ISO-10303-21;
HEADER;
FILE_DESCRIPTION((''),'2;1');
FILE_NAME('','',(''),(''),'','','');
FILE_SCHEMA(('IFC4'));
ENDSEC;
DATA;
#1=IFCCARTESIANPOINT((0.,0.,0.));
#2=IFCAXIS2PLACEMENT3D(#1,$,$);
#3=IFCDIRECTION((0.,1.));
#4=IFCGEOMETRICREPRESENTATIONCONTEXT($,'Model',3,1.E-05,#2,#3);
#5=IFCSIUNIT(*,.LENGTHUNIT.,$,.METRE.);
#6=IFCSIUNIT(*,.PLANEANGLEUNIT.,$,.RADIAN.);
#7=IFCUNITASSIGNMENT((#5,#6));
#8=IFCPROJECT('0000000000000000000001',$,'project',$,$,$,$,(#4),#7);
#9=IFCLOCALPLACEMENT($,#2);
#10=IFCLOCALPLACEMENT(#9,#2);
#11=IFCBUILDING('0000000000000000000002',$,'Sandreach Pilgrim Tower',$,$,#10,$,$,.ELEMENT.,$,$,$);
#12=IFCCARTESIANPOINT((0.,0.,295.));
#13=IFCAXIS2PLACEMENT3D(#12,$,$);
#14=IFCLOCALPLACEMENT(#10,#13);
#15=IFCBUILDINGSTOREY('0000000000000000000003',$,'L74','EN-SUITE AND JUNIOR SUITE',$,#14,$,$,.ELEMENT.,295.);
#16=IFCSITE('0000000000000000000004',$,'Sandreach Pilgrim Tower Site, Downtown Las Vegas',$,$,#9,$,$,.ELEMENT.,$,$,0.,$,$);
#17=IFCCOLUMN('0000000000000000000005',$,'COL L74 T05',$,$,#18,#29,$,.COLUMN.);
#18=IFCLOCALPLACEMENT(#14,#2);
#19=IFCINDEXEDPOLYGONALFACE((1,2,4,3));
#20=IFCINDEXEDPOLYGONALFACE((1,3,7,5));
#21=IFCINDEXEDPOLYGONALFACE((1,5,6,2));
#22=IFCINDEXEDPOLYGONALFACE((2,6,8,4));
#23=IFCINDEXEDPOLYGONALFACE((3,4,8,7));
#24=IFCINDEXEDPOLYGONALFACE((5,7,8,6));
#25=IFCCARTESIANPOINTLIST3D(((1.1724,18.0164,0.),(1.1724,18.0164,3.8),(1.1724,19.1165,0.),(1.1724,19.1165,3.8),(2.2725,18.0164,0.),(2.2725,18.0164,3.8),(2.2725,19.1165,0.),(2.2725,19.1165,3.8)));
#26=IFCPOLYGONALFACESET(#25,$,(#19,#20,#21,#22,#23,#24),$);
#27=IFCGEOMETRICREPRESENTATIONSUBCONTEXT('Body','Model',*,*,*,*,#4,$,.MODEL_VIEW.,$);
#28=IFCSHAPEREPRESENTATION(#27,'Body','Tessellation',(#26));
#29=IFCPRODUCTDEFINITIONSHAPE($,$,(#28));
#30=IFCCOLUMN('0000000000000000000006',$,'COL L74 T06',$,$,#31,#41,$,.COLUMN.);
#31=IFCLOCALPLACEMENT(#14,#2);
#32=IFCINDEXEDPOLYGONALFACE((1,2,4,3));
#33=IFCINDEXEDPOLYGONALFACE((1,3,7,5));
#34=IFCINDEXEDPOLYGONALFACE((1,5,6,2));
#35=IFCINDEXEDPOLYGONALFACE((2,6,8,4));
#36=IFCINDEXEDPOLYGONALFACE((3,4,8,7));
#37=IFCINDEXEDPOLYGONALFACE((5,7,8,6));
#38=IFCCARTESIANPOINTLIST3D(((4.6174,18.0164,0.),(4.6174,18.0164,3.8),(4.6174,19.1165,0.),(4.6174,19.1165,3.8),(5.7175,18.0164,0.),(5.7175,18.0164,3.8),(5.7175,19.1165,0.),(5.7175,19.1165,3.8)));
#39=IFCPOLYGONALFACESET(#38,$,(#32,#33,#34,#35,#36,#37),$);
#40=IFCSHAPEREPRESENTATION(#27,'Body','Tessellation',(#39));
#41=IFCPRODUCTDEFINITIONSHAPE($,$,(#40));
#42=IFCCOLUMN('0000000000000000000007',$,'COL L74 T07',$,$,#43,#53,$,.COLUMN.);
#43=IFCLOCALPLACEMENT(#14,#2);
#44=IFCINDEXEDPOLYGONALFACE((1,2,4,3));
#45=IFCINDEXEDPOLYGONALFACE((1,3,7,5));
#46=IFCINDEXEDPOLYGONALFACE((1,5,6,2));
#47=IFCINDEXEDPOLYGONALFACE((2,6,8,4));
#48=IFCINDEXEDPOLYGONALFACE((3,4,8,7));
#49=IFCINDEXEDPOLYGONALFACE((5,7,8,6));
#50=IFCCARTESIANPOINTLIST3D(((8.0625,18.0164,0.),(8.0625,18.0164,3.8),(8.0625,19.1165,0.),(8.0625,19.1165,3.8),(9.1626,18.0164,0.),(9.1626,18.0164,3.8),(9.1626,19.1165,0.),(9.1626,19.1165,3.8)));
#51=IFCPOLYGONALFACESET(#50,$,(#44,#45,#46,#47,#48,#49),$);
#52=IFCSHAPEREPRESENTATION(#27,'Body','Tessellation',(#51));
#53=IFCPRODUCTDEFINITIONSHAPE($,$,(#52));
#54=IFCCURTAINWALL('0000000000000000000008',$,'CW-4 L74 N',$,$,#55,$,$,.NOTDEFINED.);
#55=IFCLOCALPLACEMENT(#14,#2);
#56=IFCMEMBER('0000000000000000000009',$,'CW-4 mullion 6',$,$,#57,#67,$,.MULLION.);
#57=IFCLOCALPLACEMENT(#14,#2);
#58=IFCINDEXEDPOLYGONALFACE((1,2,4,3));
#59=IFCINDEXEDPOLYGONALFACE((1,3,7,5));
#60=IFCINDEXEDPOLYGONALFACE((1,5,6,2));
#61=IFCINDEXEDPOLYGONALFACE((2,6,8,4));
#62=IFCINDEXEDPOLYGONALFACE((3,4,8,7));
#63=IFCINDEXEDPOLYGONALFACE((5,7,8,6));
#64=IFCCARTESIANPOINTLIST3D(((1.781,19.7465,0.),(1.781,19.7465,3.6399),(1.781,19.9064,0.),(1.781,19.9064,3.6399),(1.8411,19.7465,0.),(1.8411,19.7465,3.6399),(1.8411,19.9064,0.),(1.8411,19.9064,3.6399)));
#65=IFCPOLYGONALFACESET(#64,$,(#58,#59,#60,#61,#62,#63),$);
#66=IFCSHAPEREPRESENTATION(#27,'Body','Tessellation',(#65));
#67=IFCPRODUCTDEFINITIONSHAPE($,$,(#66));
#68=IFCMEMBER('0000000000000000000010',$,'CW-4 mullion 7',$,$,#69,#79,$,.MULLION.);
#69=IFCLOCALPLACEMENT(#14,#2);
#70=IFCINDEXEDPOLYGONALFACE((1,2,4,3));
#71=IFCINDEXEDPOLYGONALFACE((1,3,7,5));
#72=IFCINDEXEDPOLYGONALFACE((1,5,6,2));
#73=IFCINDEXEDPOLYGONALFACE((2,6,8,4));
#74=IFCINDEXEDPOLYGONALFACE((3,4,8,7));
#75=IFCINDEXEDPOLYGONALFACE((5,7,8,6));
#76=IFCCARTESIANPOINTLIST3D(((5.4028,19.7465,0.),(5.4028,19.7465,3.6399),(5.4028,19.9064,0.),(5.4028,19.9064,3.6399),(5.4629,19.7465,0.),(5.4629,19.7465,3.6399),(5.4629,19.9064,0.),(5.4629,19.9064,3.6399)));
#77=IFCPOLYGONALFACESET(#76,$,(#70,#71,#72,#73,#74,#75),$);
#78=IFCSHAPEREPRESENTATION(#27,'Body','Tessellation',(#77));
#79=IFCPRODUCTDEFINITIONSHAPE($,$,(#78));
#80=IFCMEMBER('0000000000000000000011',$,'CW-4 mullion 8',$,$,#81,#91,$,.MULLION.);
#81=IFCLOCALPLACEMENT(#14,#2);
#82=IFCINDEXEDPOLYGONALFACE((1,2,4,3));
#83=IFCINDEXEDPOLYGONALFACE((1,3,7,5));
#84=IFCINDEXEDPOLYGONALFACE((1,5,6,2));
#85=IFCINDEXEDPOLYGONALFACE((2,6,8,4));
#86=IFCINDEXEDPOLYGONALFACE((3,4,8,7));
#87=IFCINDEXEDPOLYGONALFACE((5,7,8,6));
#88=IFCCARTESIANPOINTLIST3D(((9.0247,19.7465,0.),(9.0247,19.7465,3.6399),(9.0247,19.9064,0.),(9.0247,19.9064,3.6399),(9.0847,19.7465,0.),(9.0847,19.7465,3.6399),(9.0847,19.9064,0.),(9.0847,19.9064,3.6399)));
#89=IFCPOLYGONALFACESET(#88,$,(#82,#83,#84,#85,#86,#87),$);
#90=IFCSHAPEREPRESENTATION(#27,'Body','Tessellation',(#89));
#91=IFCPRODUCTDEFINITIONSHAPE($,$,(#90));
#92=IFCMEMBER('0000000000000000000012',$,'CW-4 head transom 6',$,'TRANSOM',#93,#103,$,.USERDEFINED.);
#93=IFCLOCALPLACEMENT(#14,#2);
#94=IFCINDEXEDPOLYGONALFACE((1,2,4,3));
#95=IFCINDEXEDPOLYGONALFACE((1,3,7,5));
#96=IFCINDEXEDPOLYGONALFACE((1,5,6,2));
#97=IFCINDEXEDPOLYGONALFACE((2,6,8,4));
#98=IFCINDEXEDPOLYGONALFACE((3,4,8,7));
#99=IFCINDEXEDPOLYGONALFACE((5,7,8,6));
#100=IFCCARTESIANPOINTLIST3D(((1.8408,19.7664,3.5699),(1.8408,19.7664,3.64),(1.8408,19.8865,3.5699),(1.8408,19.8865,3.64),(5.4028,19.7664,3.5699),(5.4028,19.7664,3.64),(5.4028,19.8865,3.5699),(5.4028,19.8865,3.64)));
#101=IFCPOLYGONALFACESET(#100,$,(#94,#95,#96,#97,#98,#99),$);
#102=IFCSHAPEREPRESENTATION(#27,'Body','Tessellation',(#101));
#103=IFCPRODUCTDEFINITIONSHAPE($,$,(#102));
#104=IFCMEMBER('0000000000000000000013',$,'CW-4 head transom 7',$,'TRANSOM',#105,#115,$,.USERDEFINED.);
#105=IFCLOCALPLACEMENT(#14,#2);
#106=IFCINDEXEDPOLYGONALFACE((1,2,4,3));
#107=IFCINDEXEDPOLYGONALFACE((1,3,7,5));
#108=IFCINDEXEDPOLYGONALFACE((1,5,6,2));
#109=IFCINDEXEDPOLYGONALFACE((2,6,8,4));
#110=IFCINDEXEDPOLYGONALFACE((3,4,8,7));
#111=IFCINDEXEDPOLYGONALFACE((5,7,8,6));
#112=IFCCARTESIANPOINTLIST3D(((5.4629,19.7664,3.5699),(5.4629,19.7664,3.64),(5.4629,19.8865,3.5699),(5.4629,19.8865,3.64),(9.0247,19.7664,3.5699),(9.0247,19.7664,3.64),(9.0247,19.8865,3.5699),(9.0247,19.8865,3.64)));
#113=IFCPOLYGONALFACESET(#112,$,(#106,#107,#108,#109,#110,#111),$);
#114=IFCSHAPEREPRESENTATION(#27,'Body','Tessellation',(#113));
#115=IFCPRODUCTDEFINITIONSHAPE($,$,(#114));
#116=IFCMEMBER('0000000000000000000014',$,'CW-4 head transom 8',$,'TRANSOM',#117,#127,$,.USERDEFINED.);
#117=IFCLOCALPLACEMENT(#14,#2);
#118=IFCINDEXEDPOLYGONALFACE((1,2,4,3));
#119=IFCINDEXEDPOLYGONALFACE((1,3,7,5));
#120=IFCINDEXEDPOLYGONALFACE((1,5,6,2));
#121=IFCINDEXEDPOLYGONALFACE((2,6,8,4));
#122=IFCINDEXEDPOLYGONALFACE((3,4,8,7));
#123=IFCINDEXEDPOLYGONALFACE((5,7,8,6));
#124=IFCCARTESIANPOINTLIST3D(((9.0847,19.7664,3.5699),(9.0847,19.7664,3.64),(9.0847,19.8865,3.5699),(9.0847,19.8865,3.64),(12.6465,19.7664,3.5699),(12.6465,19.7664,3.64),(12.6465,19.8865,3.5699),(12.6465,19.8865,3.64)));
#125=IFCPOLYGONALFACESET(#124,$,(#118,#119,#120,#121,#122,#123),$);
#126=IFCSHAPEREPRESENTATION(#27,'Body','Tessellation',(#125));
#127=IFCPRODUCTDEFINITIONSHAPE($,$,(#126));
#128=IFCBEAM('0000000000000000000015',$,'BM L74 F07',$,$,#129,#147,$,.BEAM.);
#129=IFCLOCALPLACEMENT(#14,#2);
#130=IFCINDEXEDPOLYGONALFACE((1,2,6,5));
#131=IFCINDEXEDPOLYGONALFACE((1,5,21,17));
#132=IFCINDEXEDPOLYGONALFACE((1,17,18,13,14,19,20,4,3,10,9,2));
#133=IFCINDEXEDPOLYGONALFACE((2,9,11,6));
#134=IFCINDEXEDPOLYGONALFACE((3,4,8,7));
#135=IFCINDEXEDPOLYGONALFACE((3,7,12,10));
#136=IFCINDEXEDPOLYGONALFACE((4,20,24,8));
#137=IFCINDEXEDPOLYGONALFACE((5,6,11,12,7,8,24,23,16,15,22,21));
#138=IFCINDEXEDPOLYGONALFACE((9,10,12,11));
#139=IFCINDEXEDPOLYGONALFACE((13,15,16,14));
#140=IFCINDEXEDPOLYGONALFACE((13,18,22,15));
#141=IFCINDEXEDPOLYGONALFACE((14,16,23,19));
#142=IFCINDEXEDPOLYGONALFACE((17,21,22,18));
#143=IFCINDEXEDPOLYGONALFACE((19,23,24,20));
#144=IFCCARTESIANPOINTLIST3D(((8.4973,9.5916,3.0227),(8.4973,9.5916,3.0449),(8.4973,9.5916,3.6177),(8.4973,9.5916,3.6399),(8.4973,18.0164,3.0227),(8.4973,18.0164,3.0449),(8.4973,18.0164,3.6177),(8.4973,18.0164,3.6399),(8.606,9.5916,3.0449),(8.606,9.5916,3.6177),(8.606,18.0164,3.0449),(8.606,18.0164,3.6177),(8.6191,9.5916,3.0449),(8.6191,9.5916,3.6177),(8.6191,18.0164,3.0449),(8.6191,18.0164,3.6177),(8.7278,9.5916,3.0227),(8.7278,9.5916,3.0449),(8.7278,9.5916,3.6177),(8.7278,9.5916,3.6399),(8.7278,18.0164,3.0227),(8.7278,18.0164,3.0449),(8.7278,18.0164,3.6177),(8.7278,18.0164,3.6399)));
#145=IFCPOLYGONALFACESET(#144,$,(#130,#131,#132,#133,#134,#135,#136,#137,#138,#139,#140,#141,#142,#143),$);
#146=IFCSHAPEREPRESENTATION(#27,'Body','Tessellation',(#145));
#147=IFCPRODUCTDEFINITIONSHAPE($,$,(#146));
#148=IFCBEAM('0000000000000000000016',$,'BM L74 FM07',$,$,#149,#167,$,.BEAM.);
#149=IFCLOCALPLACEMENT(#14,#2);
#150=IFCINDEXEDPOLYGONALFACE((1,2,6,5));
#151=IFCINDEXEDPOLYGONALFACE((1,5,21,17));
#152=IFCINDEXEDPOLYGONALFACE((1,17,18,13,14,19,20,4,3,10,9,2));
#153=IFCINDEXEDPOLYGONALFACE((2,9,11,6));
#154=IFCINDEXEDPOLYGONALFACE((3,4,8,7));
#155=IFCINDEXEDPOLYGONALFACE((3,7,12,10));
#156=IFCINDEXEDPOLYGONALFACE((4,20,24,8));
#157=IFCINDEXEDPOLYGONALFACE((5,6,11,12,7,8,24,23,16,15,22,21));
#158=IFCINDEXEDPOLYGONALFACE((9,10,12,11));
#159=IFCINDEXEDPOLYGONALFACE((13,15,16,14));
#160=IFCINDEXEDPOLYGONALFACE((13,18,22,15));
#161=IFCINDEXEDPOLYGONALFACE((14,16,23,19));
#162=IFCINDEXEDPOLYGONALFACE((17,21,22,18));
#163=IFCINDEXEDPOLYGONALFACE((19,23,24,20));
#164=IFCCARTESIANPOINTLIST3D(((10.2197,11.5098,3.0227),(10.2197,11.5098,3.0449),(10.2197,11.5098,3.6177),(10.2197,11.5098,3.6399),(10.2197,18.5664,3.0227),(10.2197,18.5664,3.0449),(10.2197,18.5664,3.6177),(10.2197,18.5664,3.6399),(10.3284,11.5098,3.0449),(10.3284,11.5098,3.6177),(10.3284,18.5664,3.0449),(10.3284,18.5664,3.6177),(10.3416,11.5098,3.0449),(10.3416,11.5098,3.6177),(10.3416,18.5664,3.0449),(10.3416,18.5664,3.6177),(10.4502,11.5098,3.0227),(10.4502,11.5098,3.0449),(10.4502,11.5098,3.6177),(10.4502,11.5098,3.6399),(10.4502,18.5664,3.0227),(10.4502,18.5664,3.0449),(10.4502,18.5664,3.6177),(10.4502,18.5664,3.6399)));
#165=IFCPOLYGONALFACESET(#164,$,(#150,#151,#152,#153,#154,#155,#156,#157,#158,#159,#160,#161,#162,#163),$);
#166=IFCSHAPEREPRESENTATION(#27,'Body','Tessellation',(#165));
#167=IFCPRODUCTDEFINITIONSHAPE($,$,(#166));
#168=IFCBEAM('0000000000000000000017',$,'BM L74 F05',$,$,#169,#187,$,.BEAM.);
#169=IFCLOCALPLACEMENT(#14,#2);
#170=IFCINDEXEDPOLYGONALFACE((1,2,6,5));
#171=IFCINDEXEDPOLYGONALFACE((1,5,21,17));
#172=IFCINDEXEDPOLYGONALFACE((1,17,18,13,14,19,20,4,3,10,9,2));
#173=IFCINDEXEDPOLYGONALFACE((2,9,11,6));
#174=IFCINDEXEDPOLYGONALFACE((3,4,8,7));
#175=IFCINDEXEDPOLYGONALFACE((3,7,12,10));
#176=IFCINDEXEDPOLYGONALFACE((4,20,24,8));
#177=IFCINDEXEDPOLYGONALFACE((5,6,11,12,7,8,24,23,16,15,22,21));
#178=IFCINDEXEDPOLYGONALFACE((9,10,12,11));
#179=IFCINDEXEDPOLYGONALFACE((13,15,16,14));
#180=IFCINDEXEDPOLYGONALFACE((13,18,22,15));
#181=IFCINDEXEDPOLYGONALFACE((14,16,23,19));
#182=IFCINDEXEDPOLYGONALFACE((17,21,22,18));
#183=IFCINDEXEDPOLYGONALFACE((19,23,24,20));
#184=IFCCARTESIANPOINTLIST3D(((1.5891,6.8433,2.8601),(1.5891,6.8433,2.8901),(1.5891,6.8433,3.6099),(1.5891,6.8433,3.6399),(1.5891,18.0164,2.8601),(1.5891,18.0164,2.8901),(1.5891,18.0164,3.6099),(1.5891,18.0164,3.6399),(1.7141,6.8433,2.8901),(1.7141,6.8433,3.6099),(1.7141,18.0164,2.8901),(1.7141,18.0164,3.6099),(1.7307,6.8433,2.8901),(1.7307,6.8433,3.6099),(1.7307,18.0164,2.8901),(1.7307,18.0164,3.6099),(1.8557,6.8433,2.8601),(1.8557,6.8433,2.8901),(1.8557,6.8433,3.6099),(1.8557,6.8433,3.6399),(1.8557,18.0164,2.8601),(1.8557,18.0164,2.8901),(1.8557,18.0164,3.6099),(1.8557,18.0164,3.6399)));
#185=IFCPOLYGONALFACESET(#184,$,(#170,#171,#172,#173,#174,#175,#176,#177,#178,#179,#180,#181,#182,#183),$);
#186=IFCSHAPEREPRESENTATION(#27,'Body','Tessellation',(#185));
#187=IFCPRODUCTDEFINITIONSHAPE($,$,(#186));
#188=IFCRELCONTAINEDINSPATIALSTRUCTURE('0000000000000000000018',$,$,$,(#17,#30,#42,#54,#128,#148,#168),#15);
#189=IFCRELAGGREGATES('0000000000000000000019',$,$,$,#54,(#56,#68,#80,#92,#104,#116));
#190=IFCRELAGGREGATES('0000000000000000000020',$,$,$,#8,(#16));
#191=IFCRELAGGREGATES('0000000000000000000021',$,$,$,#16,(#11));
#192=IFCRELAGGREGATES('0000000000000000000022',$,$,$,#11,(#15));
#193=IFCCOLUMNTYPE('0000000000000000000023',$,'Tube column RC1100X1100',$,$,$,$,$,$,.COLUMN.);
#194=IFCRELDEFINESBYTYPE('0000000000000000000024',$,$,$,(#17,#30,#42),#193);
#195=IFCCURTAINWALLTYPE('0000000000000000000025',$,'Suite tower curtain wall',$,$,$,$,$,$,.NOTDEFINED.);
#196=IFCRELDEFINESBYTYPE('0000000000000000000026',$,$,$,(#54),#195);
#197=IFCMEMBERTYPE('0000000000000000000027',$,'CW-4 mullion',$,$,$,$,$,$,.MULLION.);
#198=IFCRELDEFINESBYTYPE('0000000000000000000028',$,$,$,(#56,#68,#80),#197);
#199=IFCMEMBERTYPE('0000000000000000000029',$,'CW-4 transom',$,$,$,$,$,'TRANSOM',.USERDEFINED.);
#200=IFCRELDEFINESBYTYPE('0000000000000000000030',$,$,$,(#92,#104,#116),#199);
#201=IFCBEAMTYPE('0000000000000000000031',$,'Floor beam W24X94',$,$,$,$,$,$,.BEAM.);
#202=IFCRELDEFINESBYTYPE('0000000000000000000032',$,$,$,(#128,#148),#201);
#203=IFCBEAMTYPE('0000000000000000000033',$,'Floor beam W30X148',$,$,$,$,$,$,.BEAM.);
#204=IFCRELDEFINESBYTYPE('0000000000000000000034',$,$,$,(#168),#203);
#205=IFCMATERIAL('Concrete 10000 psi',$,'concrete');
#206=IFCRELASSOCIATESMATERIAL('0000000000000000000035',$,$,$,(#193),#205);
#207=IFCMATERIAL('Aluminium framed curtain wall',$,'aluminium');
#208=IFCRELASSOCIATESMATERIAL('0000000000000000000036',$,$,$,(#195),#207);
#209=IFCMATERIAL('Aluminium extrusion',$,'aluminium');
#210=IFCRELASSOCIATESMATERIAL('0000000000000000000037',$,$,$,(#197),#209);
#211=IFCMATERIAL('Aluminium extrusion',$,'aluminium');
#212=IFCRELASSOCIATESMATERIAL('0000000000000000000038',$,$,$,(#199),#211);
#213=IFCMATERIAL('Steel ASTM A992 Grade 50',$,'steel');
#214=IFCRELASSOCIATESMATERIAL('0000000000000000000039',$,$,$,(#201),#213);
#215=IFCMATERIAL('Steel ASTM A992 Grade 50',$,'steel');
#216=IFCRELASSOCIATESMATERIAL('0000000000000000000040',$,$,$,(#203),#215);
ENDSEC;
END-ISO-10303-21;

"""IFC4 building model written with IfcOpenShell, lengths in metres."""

from ifc_helpers import new_model, si_unit, direction, frame, origin, origin_2d, place, context, subcontext, project, spatial, rectangle, i_section, extrude, material, material_profile, profile_set, type_object, element, aggregate, save


model = new_model("IFC4")

# Units and contexts
model_context = context("Model", 3, precision=1e-05, world=origin(), true_north=direction((0.0, 1.0)))
body_context = subcontext(model_context, "Body", "Model", "MODEL_VIEW")
ifc_project = project(units=[si_unit("LENGTHUNIT", "METRE"), si_unit("PLANEANGLEUNIT", "RADIAN")], contexts=[model_context])

# Site, building, storey
site_placement = place(None, origin())
site = spatial("IfcSite", under=ifc_project, at=site_placement, Name="Sandreach Pilgrim Tower Site, Downtown Las Vegas", CompositionType="ELEMENT", RefElevation=0.0)
building_placement = place(site_placement, origin())
building = spatial("IfcBuilding", under=site, at=building_placement, Name="Sandreach Pilgrim Tower", CompositionType="ELEMENT")
storey_placement = place(building_placement, frame((0.0, 0.0, 295.0)))
storey = spatial("IfcBuildingStorey", under=building, at=storey_placement, Name="L74", Description="EN-SUITE AND JUNIOR SUITE", CompositionType="ELEMENT", Elevation=295.0)

# Columns
ifc_material_1 = material(Name="Concrete 10000 psi", Category="concrete")
ifc_material_profile_1 = material_profile(ifc_material_1, rectangle(XDim=1.1001, YDim=1.1001, at=origin_2d()), Name="RC1100X1100")
ifc_profile_set_1 = profile_set([ifc_material_profile_1], Name="Concrete 10000 psi")
column_type = type_object("IfcColumnType", Name="Tube column RC1100X1100", PredefinedType="COLUMN", material=ifc_profile_set_1)
for number, where, z_axis, x_axis, name in (
    (1, (1.7224, 18.5664, 0.0), (0.0, 0.0, 1.0), (0.0, 1.0, 0.0), "COL L74 T05"),
    (2, (5.1675, 18.5664, 0.0), (0.0, 0.0, 1.0), (0.0, 1.0, 0.0), "COL L74 T06"),
    (3, (8.6125, 18.5664, 0.0), (0.0, 0.0, 1.0), (0.0, 1.0, 0.0), "COL L74 T07"),
):
    element("IfcColumn", number, at=place(storey_placement, frame(where, z_axis=z_axis, x_axis=x_axis)), inside=storey, type_object=column_type, Name=name, PredefinedType="COLUMN", context=body_context, shape_type="SweptSolid", body=[
        extrude(rectangle(XDim=1.1001, YDim=1.1001, at=origin_2d()), origin(), (0.0, 0.0, 1.0), 3.8),
    ])

# Curtain wall, members
ifc_material_2 = material(Name="Aluminium framed curtain wall", Category="aluminium")
curtain_wall_type = type_object("IfcCurtainWallType", Name="Suite tower curtain wall", PredefinedType="NOTDEFINED", material=ifc_material_2)
curtain_wall_placement = place(storey_placement, origin())
curtain_wall = element("IfcCurtainWall", 4, at=curtain_wall_placement, inside=storey, type_object=curtain_wall_type, Name="CW-4 L74 N", PredefinedType="NOTDEFINED")
ifc_material_3 = material(Name="Aluminium extrusion", Category="aluminium")
ifc_material_profile_2 = material_profile(ifc_material_3, rectangle(XDim=0.0601, YDim=0.1599, at=origin_2d()), Name="CW-4M 60X160")
ifc_profile_set_2 = profile_set([ifc_material_profile_2], Name="Aluminium extrusion")
member_type_1 = type_object("IfcMemberType", Name="CW-4 mullion", PredefinedType="MULLION", material=ifc_profile_set_2)
member_1_placement = place(storey_placement, frame((1.811, 19.8264, 0.0), z_axis=(0.0, 0.0, 1.0), x_axis=(1.0, 0.0, 0.0)))
member_1 = element("IfcMember", 5, at=member_1_placement, type_object=member_type_1, Name="CW-4 mullion 6", PredefinedType="MULLION", context=body_context, shape_type="SweptSolid", body=[
    extrude(rectangle(XDim=0.0601, YDim=0.1599, at=origin_2d()), origin(), (0.0, 0.0, 1.0), 3.6399),
])
member_2_placement = place(storey_placement, frame((5.4329, 19.8264, 0.0), z_axis=(0.0, 0.0, 1.0), x_axis=(1.0, 0.0, 0.0)))
member_2 = element("IfcMember", 6, at=member_2_placement, type_object=member_type_1, Name="CW-4 mullion 7", PredefinedType="MULLION", context=body_context, shape_type="SweptSolid", body=[
    extrude(rectangle(XDim=0.0601, YDim=0.1599, at=origin_2d()), origin(), (0.0, 0.0, 1.0), 3.6399),
])
member_3_placement = place(storey_placement, frame((9.0547, 19.8264, 0.0), z_axis=(0.0, 0.0, 1.0), x_axis=(1.0, 0.0, 0.0)))
member_3 = element("IfcMember", 7, at=member_3_placement, type_object=member_type_1, Name="CW-4 mullion 8", PredefinedType="MULLION", context=body_context, shape_type="SweptSolid", body=[
    extrude(rectangle(XDim=0.0601, YDim=0.1599, at=origin_2d()), origin(), (0.0, 0.0, 1.0), 3.6399),
])
ifc_material_4 = material(Name="Aluminium extrusion", Category="aluminium")
ifc_material_profile_3 = material_profile(ifc_material_4, rectangle(XDim=0.1201, YDim=0.0701, at=origin_2d()), Name="CW-4T 120X70")
ifc_profile_set_3 = profile_set([ifc_material_profile_3], Name="Aluminium extrusion")
member_type_2 = type_object("IfcMemberType", Name="CW-4 transom", ElementType="TRANSOM", PredefinedType="USERDEFINED", material=ifc_profile_set_3)
member_4_placement = place(storey_placement, frame((1.8408, 19.8264, 3.605), z_axis=(1.0, 0.0, 0.0), x_axis=(0.0, 1.0, 0.0)))
member_4 = element("IfcMember", 8, at=member_4_placement, type_object=member_type_2, Name="CW-4 head transom 6", ObjectType="TRANSOM", PredefinedType="USERDEFINED", context=body_context, shape_type="SweptSolid", body=[
    extrude(rectangle(XDim=0.1201, YDim=0.0701, at=origin_2d()), origin(), (0.0, 0.0, 1.0), 3.562),
])
member_5_placement = place(storey_placement, frame((5.4629, 19.8264, 3.605), z_axis=(1.0, 0.0, 0.0), x_axis=(0.0, 1.0, 0.0)))
member_5 = element("IfcMember", 9, at=member_5_placement, type_object=member_type_2, Name="CW-4 head transom 7", ObjectType="TRANSOM", PredefinedType="USERDEFINED", context=body_context, shape_type="SweptSolid", body=[
    extrude(rectangle(XDim=0.1201, YDim=0.0701, at=origin_2d()), origin(), (0.0, 0.0, 1.0), 3.5618),
])
member_6_placement = place(storey_placement, frame((9.0847, 19.8264, 3.605), z_axis=(1.0, 0.0, 0.0), x_axis=(0.0, 1.0, 0.0)))
member_6 = element("IfcMember", 10, at=member_6_placement, type_object=member_type_2, Name="CW-4 head transom 8", ObjectType="TRANSOM", PredefinedType="USERDEFINED", context=body_context, shape_type="SweptSolid", body=[
    extrude(rectangle(XDim=0.1201, YDim=0.0701, at=origin_2d()), origin(), (0.0, 0.0, 1.0), 3.5618),
])

# Beams
ifc_material_5 = material(Name="Steel ASTM A992 Grade 50", Category="steel")
ifc_material_profile_4 = material_profile(ifc_material_5, i_section(OverallWidth=0.2305, OverallDepth=0.6172, WebThickness=0.0132, FlangeThickness=0.0222, at=origin_2d()), Name="W24X94")
ifc_profile_set_4 = profile_set([ifc_material_profile_4], Name="Steel ASTM A992 Grade 50")
beam_type_1 = type_object("IfcBeamType", Name="Floor beam W24X94", PredefinedType="BEAM", material=ifc_profile_set_4)
beam_1_placement = place(storey_placement, frame((8.6125, 18.0164, 3.3313), z_axis=(0.0, -1.0, 0.0), x_axis=(1.0, 0.0, 0.0)))
element("IfcBeam", 11, at=beam_1_placement, inside=storey, type_object=beam_type_1, Name="BM L74 F07", PredefinedType="BEAM", context=body_context, shape_type="SweptSolid", body=[
    extrude(i_section(OverallWidth=0.2305, OverallDepth=0.6172, WebThickness=0.0132, FlangeThickness=0.0222, at=origin_2d()), origin(), (0.0, 0.0, 1.0), 8.4248),
])
beam_2_placement = place(storey_placement, frame((10.335, 18.5664, 3.3313), z_axis=(0.0, -1.0, 0.0), x_axis=(1.0, 0.0, 0.0)))
element("IfcBeam", 12, at=beam_2_placement, inside=storey, type_object=beam_type_1, Name="BM L74 FM07", PredefinedType="BEAM", context=body_context, shape_type="SweptSolid", body=[
    extrude(i_section(OverallWidth=0.2305, OverallDepth=0.6172, WebThickness=0.0132, FlangeThickness=0.0222, at=origin_2d()), origin(), (0.0, 0.0, 1.0), 7.0566),
])
ifc_material_6 = material(Name="Steel ASTM A992 Grade 50", Category="steel")
ifc_material_profile_5 = material_profile(ifc_material_6, i_section(OverallWidth=0.2666, OverallDepth=0.7798, WebThickness=0.0166, FlangeThickness=0.03, at=origin_2d()), Name="W30X148")
ifc_profile_set_5 = profile_set([ifc_material_profile_5], Name="Steel ASTM A992 Grade 50")
beam_type_2 = type_object("IfcBeamType", Name="Floor beam W30X148", PredefinedType="BEAM", material=ifc_profile_set_5)
for number, where, z_axis, x_axis, name in (
    (13, (1.7224, 18.0164, 3.25), (0.0, -1.0, 0.0), (1.0, 0.0, 0.0), "BM L74 F05"),
):
    element("IfcBeam", number, at=place(storey_placement, frame(where, z_axis=z_axis, x_axis=x_axis)), inside=storey, type_object=beam_type_2, Name=name, PredefinedType="BEAM", context=body_context, shape_type="SweptSolid", body=[
        extrude(i_section(OverallWidth=0.2666, OverallDepth=0.7798, WebThickness=0.0166, FlangeThickness=0.03, at=origin_2d()), origin(), (0.0, 0.0, 1.0), 11.1731),
    ])

aggregate(curtain_wall, [member_1, member_2, member_3, member_4, member_5, member_6])

save(model, "model.ifc")
